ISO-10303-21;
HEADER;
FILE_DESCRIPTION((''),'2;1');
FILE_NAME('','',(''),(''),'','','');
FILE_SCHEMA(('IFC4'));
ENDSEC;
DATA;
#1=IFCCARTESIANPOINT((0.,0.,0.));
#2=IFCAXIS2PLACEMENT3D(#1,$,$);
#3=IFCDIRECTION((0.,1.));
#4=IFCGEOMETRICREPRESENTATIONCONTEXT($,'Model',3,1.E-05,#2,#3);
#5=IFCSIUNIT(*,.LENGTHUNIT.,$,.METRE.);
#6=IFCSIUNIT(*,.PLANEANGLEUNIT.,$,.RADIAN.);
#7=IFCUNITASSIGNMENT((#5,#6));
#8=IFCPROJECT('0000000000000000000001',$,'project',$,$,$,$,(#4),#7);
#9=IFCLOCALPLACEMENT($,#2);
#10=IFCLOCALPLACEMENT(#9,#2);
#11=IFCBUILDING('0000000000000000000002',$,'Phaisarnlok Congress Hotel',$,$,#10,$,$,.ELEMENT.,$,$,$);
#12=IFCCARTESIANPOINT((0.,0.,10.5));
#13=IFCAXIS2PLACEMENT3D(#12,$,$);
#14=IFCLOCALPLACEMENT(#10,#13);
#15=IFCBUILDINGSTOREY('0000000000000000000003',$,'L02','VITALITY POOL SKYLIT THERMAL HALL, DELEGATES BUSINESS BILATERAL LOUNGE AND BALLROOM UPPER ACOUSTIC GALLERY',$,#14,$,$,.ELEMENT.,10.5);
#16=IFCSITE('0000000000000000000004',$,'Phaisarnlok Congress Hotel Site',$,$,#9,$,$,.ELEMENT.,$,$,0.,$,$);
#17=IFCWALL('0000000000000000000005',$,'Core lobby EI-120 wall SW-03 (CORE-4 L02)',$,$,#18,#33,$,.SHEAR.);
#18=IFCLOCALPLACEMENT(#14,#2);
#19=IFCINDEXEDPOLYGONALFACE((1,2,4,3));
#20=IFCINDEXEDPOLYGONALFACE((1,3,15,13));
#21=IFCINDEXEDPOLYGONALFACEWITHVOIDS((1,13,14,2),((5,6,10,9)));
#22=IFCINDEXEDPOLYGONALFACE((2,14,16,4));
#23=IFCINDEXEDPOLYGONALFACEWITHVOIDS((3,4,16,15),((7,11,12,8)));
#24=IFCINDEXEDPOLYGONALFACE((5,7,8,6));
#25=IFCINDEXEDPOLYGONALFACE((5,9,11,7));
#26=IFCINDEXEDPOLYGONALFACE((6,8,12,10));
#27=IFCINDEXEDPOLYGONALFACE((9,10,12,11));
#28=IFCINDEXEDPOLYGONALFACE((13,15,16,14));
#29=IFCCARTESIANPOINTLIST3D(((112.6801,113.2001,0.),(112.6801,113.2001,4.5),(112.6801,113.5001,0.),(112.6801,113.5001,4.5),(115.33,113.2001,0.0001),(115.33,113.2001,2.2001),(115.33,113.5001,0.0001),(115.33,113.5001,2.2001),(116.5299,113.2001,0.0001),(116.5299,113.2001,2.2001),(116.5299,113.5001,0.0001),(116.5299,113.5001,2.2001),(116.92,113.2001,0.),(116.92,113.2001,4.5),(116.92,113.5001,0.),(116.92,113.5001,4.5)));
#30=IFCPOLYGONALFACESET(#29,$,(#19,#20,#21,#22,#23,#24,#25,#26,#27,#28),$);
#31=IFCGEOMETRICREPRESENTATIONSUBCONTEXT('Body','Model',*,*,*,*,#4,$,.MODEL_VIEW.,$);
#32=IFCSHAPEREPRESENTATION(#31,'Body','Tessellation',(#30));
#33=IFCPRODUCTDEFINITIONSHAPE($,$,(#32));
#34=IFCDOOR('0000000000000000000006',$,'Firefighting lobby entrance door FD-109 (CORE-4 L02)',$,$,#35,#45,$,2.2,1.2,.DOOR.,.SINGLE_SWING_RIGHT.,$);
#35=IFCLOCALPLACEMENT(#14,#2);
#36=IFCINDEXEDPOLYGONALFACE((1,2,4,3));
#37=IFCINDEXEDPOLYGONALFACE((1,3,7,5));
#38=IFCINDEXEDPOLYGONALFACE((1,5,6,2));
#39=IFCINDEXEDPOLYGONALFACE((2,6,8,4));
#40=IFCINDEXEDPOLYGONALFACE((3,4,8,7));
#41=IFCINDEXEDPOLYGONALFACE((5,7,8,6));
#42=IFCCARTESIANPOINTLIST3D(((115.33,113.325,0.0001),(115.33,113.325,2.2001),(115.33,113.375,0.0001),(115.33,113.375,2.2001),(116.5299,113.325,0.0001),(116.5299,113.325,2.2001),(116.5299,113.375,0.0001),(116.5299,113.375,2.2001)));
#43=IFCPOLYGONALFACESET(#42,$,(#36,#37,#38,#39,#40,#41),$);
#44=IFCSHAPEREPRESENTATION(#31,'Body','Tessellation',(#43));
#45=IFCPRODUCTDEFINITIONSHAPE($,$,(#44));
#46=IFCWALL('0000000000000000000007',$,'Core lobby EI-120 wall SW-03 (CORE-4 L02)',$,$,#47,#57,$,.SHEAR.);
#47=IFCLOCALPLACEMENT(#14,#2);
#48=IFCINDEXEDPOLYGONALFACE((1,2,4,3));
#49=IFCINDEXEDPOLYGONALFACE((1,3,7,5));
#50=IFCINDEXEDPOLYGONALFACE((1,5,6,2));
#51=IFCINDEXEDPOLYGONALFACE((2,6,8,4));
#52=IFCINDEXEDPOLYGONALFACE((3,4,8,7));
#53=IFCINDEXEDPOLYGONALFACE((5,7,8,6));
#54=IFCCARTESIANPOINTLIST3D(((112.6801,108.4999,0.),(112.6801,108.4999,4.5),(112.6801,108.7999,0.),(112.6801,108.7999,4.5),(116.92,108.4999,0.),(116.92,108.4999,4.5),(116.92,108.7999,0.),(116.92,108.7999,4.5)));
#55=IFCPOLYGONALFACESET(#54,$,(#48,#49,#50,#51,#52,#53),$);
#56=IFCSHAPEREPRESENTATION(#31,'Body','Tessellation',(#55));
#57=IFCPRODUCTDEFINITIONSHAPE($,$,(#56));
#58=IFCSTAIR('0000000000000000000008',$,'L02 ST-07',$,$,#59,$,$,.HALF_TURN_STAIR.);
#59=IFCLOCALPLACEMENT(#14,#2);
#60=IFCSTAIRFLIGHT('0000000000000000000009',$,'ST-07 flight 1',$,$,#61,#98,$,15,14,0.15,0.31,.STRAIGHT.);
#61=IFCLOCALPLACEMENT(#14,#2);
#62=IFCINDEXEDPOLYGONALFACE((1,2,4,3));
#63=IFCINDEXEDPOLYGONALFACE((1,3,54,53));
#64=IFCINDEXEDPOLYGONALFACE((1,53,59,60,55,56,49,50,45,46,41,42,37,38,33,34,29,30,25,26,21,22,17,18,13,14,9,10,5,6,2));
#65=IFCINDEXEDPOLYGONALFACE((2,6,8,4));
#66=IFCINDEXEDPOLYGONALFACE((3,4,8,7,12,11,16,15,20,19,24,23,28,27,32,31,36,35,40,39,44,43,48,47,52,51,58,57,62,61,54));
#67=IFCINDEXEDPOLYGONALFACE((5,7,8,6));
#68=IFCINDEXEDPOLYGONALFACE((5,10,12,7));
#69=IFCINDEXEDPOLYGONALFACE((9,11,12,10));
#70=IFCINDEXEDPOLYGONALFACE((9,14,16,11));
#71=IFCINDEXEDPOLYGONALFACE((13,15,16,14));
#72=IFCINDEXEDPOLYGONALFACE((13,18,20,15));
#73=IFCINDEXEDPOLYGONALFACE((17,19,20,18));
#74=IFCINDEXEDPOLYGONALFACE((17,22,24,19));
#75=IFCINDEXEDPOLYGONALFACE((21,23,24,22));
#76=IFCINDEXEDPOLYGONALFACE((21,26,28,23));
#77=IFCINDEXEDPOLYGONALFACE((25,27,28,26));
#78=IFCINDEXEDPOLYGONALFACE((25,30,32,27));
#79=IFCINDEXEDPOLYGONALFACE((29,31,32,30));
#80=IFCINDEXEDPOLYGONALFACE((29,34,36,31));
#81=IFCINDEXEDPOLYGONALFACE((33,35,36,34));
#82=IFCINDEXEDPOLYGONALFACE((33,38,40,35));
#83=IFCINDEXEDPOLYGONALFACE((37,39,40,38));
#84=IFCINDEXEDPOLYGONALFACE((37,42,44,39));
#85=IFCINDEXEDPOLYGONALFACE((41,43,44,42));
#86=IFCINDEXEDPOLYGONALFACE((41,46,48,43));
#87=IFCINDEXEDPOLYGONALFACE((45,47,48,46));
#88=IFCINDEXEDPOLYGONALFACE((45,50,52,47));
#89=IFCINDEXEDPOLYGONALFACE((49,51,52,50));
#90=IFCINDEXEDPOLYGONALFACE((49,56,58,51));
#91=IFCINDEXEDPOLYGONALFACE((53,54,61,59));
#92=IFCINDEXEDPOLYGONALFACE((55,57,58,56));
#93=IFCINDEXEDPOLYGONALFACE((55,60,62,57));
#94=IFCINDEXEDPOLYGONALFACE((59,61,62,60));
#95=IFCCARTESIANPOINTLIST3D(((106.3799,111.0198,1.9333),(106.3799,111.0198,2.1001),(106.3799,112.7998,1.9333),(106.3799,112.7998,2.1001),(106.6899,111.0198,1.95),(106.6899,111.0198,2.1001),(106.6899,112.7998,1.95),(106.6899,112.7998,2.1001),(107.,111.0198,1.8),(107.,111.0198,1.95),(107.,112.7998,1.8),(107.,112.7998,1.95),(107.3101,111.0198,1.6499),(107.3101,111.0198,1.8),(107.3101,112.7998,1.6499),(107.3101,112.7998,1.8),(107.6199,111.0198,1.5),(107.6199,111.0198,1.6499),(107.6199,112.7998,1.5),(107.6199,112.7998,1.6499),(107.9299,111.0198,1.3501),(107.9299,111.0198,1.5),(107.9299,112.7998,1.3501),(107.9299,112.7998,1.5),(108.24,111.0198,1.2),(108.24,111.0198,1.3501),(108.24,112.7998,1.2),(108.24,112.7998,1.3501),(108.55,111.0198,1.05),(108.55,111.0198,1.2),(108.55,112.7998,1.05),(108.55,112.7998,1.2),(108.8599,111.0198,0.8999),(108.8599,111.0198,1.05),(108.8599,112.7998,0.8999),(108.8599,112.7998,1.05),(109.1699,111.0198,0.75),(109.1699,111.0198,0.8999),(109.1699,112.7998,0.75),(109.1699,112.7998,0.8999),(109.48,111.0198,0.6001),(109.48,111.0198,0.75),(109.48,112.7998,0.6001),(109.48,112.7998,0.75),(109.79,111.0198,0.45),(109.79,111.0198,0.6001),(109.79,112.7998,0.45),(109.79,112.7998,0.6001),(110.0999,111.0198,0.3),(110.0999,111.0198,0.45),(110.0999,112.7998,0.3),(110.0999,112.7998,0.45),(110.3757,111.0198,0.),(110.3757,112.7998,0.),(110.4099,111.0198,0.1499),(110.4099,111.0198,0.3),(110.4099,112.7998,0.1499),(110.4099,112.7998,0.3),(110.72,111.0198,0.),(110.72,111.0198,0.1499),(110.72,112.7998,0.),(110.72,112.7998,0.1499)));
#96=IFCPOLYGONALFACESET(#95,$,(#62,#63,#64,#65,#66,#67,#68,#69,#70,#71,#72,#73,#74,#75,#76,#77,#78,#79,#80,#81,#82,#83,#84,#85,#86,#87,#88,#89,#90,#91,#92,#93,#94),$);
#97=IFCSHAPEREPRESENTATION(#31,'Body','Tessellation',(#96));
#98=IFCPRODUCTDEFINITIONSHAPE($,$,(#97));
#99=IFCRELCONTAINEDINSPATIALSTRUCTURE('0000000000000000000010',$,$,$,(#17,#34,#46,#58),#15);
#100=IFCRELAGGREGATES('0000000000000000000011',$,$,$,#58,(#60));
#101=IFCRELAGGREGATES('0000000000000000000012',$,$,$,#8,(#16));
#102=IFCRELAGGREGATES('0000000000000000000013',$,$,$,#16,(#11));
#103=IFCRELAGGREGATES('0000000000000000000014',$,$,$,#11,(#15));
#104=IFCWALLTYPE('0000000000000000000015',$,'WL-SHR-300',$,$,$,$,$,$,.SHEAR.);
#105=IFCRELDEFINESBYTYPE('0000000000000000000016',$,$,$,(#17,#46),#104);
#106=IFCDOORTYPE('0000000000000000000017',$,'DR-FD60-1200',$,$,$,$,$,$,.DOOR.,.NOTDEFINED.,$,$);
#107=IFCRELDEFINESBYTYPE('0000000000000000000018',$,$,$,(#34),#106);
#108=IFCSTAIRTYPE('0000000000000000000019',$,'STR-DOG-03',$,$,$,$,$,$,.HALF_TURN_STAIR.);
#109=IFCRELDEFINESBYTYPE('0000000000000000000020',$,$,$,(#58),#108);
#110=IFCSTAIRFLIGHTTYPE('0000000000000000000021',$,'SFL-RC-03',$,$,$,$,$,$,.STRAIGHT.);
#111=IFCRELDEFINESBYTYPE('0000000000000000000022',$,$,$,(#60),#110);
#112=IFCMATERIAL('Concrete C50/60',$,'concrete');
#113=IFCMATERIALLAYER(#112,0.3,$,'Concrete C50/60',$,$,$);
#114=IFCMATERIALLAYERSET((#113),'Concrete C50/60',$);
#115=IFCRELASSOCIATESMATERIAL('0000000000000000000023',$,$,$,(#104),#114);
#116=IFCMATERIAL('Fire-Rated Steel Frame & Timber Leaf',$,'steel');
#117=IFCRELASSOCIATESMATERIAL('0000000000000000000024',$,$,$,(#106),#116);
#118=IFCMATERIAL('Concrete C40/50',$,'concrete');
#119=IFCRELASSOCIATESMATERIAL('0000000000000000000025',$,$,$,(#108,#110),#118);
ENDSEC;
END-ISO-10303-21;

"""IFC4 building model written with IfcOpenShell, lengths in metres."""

from ifc_helpers import new_model, si_unit, direction, frame, frame_2d, origin, place, context, subcontext, project, spatial, polyline, rectangle, outline, extrude, material, layer, layer_set, type_object, element, fill, aggregate, save


model = new_model("IFC4")

# Units and contexts
model_context = context("Model", 3, precision=1e-05, world=origin(), true_north=direction((0.0, 1.0)))
body_context = subcontext(model_context, "Body", "Model", "MODEL_VIEW")
ifc_project = project(units=[si_unit("LENGTHUNIT", "METRE"), si_unit("PLANEANGLEUNIT", "RADIAN")], contexts=[model_context])

# Site, building, storey
site_placement = place(None, origin())
site = spatial("IfcSite", under=ifc_project, at=site_placement, Name="Phaisarnlok Congress Hotel Site", CompositionType="ELEMENT", RefElevation=0.0)
building_placement = place(site_placement, origin())
building = spatial("IfcBuilding", under=site, at=building_placement, Name="Phaisarnlok Congress Hotel", CompositionType="ELEMENT")
storey_placement = place(building_placement, frame((0.0, 0.0, 10.5)))
storey = spatial("IfcBuildingStorey", under=building, at=storey_placement, Name="L02", Description="VITALITY POOL SKYLIT THERMAL HALL, DELEGATES BUSINESS BILATERAL LOUNGE AND BALLROOM UPPER ACOUSTIC GALLERY", CompositionType="ELEMENT", Elevation=10.5)

# Shared definitions
ifc_material_1 = material(Name="Concrete C50/60", Category="concrete")

# Shared definitions
ifc_material_2 = material(Name="Concrete C40/50", Category="concrete")

# Shared definitions
ifc_material_3 = material(Name="Fire-Rated Steel Frame & Timber Leaf", Category="steel")

# Wall, opening, door
ifc_layer_1 = layer(ifc_material_1, 0.3, Name="Concrete C50/60")
ifc_layer_set_1 = layer_set([ifc_layer_1], Name="Concrete C50/60")
wall_type_1 = type_object("IfcWallType", Name="WL-SHR-300", PredefinedType="SHEAR", material=ifc_layer_set_1)
wall_1_placement = place(storey_placement, frame((112.6799, 113.3501, 0.0), z_axis=(0.0, 0.0, 1.0), x_axis=(1.0, 0.0, 0.0)))
wall_1 = element("IfcWall", 1, at=wall_1_placement, inside=storey, type_object=wall_type_1, Name="Core lobby EI-120 wall SW-03 (CORE-4 L02)", PredefinedType="SHEAR", context=body_context, shape_type="SweptSolid", body=[
    extrude(rectangle(XDim=4.24, YDim=0.3, at=frame_2d((2.1201, 0.0))), origin(), (0.0, 0.0, 1.0), 4.5),
])
opening_1_placement = place(wall_1_placement, frame((2.6499, 0.0, 0.0)))
opening_1 = element("IfcOpeningElement", 2, at=opening_1_placement, cuts=wall_1, PredefinedType="OPENING", context=body_context, shape_type="SweptSolid", body=[
    extrude(rectangle(XDim=1.2, YDim=2.2, at=frame_2d((0.6001, 1.1001))), frame((0.0, 0.1602, 0.0), z_axis=(0.0, -1.0, 0.0), x_axis=(1.0, 0.0, 0.0)), (0.0, 0.0, 1.0), 0.3201),
])
door_type_1 = type_object("IfcDoorType", Name="DR-FD60-1200", OperationType="NOTDEFINED", PredefinedType="DOOR", material=ifc_material_3)
door_1_placement = place(opening_1_placement, origin())
door_1 = element("IfcDoor", 3, at=door_1_placement, inside=storey, type_object=door_type_1, Name="Firefighting lobby entrance door FD-109 (CORE-4 L02)", OperationType="SINGLE_SWING_RIGHT", OverallHeight=2.2, OverallWidth=1.2, PredefinedType="DOOR", context=body_context, shape_type="SweptSolid", body=[
    extrude(rectangle(XDim=1.2, YDim=2.2, at=frame_2d((0.6001, 1.1001))), frame((0.0, 0.0249, 0.0), z_axis=(0.0, -1.0, 0.0), x_axis=(1.0, 0.0, 0.0)), (0.0, 0.0, 1.0), 0.05),
])
fill(opening_1, door_1)

# Wall
wall_2_placement = place(storey_placement, frame((112.6799, 108.6499, 0.0), z_axis=(0.0, 0.0, 1.0), x_axis=(1.0, 0.0, 0.0)))
element("IfcWall", 4, at=wall_2_placement, inside=storey, type_object=wall_type_1, Name="Core lobby EI-120 wall SW-03 (CORE-4 L02)", PredefinedType="SHEAR", context=body_context, shape_type="SweptSolid", body=[
    extrude(rectangle(XDim=4.24, YDim=0.3, at=frame_2d((2.1201, 0.0))), origin(), (0.0, 0.0, 1.0), 4.5),
])

# Stair, stair flight
stair_type = type_object("IfcStairType", Name="STR-DOG-03", PredefinedType="HALF_TURN_STAIR", material=ifc_material_2)
stair_placement = place(storey_placement, origin())
stair = element("IfcStair", 5, at=stair_placement, inside=storey, type_object=stair_type, Name="L02 ST-07", PredefinedType="HALF_TURN_STAIR")
stair_flight_type = type_object("IfcStairFlightType", Name="SFL-RC-03", PredefinedType="STRAIGHT", material=ifc_material_2)
stair_flight_placement = place(storey_placement, frame((110.72, 111.9099, 0.0), z_axis=(0.0, 0.0, 1.0), x_axis=(-1.0, 0.0, 0.0)))
stair_flight = element("IfcStairFlight", 6, at=stair_flight_placement, type_object=stair_flight_type, Name="ST-07 flight 1", NumberOfRisers=15, NumberOfTreads=14, PredefinedType="STRAIGHT", RiserHeight=0.15, TreadLength=0.31, context=body_context, shape_type="SweptSolid", body=[
    extrude(outline(polyline([(0.0, 0.0), (0.0, 0.1499), (0.3101, 0.1499), (0.3101, 0.3), (0.6201, 0.3), (0.6201, 0.45), (0.9299, 0.45), (0.9299, 0.6001), (1.24, 0.6001), (1.24, 0.75), (1.55, 0.75), (1.55, 0.8999), (1.8601, 0.8999), (1.8601, 1.05), (2.1699, 1.05), (2.1699, 1.2), (2.48, 1.2), (2.48, 1.3501), (2.79, 1.3501), (2.79, 1.5), (3.1001, 1.5), (3.1001, 1.6499), (3.4099, 1.6499), (3.4099, 1.8), (3.72, 1.8), (3.72, 1.95), (4.03, 1.95), (4.03, 2.1001), (4.3401, 2.1001), (4.3401, 2.25), (4.3401, 1.9333), (0.3442, 0.0), (0.0, 0.0)])), frame((0.0, 0.8901, 0.0), z_axis=(0.0, -1.0, 0.0), x_axis=(1.0, 0.0, 0.0)), (0.0, 0.0, 1.0), 1.78),
])
aggregate(stair, [stair_flight])

save(model, "model.ifc")
